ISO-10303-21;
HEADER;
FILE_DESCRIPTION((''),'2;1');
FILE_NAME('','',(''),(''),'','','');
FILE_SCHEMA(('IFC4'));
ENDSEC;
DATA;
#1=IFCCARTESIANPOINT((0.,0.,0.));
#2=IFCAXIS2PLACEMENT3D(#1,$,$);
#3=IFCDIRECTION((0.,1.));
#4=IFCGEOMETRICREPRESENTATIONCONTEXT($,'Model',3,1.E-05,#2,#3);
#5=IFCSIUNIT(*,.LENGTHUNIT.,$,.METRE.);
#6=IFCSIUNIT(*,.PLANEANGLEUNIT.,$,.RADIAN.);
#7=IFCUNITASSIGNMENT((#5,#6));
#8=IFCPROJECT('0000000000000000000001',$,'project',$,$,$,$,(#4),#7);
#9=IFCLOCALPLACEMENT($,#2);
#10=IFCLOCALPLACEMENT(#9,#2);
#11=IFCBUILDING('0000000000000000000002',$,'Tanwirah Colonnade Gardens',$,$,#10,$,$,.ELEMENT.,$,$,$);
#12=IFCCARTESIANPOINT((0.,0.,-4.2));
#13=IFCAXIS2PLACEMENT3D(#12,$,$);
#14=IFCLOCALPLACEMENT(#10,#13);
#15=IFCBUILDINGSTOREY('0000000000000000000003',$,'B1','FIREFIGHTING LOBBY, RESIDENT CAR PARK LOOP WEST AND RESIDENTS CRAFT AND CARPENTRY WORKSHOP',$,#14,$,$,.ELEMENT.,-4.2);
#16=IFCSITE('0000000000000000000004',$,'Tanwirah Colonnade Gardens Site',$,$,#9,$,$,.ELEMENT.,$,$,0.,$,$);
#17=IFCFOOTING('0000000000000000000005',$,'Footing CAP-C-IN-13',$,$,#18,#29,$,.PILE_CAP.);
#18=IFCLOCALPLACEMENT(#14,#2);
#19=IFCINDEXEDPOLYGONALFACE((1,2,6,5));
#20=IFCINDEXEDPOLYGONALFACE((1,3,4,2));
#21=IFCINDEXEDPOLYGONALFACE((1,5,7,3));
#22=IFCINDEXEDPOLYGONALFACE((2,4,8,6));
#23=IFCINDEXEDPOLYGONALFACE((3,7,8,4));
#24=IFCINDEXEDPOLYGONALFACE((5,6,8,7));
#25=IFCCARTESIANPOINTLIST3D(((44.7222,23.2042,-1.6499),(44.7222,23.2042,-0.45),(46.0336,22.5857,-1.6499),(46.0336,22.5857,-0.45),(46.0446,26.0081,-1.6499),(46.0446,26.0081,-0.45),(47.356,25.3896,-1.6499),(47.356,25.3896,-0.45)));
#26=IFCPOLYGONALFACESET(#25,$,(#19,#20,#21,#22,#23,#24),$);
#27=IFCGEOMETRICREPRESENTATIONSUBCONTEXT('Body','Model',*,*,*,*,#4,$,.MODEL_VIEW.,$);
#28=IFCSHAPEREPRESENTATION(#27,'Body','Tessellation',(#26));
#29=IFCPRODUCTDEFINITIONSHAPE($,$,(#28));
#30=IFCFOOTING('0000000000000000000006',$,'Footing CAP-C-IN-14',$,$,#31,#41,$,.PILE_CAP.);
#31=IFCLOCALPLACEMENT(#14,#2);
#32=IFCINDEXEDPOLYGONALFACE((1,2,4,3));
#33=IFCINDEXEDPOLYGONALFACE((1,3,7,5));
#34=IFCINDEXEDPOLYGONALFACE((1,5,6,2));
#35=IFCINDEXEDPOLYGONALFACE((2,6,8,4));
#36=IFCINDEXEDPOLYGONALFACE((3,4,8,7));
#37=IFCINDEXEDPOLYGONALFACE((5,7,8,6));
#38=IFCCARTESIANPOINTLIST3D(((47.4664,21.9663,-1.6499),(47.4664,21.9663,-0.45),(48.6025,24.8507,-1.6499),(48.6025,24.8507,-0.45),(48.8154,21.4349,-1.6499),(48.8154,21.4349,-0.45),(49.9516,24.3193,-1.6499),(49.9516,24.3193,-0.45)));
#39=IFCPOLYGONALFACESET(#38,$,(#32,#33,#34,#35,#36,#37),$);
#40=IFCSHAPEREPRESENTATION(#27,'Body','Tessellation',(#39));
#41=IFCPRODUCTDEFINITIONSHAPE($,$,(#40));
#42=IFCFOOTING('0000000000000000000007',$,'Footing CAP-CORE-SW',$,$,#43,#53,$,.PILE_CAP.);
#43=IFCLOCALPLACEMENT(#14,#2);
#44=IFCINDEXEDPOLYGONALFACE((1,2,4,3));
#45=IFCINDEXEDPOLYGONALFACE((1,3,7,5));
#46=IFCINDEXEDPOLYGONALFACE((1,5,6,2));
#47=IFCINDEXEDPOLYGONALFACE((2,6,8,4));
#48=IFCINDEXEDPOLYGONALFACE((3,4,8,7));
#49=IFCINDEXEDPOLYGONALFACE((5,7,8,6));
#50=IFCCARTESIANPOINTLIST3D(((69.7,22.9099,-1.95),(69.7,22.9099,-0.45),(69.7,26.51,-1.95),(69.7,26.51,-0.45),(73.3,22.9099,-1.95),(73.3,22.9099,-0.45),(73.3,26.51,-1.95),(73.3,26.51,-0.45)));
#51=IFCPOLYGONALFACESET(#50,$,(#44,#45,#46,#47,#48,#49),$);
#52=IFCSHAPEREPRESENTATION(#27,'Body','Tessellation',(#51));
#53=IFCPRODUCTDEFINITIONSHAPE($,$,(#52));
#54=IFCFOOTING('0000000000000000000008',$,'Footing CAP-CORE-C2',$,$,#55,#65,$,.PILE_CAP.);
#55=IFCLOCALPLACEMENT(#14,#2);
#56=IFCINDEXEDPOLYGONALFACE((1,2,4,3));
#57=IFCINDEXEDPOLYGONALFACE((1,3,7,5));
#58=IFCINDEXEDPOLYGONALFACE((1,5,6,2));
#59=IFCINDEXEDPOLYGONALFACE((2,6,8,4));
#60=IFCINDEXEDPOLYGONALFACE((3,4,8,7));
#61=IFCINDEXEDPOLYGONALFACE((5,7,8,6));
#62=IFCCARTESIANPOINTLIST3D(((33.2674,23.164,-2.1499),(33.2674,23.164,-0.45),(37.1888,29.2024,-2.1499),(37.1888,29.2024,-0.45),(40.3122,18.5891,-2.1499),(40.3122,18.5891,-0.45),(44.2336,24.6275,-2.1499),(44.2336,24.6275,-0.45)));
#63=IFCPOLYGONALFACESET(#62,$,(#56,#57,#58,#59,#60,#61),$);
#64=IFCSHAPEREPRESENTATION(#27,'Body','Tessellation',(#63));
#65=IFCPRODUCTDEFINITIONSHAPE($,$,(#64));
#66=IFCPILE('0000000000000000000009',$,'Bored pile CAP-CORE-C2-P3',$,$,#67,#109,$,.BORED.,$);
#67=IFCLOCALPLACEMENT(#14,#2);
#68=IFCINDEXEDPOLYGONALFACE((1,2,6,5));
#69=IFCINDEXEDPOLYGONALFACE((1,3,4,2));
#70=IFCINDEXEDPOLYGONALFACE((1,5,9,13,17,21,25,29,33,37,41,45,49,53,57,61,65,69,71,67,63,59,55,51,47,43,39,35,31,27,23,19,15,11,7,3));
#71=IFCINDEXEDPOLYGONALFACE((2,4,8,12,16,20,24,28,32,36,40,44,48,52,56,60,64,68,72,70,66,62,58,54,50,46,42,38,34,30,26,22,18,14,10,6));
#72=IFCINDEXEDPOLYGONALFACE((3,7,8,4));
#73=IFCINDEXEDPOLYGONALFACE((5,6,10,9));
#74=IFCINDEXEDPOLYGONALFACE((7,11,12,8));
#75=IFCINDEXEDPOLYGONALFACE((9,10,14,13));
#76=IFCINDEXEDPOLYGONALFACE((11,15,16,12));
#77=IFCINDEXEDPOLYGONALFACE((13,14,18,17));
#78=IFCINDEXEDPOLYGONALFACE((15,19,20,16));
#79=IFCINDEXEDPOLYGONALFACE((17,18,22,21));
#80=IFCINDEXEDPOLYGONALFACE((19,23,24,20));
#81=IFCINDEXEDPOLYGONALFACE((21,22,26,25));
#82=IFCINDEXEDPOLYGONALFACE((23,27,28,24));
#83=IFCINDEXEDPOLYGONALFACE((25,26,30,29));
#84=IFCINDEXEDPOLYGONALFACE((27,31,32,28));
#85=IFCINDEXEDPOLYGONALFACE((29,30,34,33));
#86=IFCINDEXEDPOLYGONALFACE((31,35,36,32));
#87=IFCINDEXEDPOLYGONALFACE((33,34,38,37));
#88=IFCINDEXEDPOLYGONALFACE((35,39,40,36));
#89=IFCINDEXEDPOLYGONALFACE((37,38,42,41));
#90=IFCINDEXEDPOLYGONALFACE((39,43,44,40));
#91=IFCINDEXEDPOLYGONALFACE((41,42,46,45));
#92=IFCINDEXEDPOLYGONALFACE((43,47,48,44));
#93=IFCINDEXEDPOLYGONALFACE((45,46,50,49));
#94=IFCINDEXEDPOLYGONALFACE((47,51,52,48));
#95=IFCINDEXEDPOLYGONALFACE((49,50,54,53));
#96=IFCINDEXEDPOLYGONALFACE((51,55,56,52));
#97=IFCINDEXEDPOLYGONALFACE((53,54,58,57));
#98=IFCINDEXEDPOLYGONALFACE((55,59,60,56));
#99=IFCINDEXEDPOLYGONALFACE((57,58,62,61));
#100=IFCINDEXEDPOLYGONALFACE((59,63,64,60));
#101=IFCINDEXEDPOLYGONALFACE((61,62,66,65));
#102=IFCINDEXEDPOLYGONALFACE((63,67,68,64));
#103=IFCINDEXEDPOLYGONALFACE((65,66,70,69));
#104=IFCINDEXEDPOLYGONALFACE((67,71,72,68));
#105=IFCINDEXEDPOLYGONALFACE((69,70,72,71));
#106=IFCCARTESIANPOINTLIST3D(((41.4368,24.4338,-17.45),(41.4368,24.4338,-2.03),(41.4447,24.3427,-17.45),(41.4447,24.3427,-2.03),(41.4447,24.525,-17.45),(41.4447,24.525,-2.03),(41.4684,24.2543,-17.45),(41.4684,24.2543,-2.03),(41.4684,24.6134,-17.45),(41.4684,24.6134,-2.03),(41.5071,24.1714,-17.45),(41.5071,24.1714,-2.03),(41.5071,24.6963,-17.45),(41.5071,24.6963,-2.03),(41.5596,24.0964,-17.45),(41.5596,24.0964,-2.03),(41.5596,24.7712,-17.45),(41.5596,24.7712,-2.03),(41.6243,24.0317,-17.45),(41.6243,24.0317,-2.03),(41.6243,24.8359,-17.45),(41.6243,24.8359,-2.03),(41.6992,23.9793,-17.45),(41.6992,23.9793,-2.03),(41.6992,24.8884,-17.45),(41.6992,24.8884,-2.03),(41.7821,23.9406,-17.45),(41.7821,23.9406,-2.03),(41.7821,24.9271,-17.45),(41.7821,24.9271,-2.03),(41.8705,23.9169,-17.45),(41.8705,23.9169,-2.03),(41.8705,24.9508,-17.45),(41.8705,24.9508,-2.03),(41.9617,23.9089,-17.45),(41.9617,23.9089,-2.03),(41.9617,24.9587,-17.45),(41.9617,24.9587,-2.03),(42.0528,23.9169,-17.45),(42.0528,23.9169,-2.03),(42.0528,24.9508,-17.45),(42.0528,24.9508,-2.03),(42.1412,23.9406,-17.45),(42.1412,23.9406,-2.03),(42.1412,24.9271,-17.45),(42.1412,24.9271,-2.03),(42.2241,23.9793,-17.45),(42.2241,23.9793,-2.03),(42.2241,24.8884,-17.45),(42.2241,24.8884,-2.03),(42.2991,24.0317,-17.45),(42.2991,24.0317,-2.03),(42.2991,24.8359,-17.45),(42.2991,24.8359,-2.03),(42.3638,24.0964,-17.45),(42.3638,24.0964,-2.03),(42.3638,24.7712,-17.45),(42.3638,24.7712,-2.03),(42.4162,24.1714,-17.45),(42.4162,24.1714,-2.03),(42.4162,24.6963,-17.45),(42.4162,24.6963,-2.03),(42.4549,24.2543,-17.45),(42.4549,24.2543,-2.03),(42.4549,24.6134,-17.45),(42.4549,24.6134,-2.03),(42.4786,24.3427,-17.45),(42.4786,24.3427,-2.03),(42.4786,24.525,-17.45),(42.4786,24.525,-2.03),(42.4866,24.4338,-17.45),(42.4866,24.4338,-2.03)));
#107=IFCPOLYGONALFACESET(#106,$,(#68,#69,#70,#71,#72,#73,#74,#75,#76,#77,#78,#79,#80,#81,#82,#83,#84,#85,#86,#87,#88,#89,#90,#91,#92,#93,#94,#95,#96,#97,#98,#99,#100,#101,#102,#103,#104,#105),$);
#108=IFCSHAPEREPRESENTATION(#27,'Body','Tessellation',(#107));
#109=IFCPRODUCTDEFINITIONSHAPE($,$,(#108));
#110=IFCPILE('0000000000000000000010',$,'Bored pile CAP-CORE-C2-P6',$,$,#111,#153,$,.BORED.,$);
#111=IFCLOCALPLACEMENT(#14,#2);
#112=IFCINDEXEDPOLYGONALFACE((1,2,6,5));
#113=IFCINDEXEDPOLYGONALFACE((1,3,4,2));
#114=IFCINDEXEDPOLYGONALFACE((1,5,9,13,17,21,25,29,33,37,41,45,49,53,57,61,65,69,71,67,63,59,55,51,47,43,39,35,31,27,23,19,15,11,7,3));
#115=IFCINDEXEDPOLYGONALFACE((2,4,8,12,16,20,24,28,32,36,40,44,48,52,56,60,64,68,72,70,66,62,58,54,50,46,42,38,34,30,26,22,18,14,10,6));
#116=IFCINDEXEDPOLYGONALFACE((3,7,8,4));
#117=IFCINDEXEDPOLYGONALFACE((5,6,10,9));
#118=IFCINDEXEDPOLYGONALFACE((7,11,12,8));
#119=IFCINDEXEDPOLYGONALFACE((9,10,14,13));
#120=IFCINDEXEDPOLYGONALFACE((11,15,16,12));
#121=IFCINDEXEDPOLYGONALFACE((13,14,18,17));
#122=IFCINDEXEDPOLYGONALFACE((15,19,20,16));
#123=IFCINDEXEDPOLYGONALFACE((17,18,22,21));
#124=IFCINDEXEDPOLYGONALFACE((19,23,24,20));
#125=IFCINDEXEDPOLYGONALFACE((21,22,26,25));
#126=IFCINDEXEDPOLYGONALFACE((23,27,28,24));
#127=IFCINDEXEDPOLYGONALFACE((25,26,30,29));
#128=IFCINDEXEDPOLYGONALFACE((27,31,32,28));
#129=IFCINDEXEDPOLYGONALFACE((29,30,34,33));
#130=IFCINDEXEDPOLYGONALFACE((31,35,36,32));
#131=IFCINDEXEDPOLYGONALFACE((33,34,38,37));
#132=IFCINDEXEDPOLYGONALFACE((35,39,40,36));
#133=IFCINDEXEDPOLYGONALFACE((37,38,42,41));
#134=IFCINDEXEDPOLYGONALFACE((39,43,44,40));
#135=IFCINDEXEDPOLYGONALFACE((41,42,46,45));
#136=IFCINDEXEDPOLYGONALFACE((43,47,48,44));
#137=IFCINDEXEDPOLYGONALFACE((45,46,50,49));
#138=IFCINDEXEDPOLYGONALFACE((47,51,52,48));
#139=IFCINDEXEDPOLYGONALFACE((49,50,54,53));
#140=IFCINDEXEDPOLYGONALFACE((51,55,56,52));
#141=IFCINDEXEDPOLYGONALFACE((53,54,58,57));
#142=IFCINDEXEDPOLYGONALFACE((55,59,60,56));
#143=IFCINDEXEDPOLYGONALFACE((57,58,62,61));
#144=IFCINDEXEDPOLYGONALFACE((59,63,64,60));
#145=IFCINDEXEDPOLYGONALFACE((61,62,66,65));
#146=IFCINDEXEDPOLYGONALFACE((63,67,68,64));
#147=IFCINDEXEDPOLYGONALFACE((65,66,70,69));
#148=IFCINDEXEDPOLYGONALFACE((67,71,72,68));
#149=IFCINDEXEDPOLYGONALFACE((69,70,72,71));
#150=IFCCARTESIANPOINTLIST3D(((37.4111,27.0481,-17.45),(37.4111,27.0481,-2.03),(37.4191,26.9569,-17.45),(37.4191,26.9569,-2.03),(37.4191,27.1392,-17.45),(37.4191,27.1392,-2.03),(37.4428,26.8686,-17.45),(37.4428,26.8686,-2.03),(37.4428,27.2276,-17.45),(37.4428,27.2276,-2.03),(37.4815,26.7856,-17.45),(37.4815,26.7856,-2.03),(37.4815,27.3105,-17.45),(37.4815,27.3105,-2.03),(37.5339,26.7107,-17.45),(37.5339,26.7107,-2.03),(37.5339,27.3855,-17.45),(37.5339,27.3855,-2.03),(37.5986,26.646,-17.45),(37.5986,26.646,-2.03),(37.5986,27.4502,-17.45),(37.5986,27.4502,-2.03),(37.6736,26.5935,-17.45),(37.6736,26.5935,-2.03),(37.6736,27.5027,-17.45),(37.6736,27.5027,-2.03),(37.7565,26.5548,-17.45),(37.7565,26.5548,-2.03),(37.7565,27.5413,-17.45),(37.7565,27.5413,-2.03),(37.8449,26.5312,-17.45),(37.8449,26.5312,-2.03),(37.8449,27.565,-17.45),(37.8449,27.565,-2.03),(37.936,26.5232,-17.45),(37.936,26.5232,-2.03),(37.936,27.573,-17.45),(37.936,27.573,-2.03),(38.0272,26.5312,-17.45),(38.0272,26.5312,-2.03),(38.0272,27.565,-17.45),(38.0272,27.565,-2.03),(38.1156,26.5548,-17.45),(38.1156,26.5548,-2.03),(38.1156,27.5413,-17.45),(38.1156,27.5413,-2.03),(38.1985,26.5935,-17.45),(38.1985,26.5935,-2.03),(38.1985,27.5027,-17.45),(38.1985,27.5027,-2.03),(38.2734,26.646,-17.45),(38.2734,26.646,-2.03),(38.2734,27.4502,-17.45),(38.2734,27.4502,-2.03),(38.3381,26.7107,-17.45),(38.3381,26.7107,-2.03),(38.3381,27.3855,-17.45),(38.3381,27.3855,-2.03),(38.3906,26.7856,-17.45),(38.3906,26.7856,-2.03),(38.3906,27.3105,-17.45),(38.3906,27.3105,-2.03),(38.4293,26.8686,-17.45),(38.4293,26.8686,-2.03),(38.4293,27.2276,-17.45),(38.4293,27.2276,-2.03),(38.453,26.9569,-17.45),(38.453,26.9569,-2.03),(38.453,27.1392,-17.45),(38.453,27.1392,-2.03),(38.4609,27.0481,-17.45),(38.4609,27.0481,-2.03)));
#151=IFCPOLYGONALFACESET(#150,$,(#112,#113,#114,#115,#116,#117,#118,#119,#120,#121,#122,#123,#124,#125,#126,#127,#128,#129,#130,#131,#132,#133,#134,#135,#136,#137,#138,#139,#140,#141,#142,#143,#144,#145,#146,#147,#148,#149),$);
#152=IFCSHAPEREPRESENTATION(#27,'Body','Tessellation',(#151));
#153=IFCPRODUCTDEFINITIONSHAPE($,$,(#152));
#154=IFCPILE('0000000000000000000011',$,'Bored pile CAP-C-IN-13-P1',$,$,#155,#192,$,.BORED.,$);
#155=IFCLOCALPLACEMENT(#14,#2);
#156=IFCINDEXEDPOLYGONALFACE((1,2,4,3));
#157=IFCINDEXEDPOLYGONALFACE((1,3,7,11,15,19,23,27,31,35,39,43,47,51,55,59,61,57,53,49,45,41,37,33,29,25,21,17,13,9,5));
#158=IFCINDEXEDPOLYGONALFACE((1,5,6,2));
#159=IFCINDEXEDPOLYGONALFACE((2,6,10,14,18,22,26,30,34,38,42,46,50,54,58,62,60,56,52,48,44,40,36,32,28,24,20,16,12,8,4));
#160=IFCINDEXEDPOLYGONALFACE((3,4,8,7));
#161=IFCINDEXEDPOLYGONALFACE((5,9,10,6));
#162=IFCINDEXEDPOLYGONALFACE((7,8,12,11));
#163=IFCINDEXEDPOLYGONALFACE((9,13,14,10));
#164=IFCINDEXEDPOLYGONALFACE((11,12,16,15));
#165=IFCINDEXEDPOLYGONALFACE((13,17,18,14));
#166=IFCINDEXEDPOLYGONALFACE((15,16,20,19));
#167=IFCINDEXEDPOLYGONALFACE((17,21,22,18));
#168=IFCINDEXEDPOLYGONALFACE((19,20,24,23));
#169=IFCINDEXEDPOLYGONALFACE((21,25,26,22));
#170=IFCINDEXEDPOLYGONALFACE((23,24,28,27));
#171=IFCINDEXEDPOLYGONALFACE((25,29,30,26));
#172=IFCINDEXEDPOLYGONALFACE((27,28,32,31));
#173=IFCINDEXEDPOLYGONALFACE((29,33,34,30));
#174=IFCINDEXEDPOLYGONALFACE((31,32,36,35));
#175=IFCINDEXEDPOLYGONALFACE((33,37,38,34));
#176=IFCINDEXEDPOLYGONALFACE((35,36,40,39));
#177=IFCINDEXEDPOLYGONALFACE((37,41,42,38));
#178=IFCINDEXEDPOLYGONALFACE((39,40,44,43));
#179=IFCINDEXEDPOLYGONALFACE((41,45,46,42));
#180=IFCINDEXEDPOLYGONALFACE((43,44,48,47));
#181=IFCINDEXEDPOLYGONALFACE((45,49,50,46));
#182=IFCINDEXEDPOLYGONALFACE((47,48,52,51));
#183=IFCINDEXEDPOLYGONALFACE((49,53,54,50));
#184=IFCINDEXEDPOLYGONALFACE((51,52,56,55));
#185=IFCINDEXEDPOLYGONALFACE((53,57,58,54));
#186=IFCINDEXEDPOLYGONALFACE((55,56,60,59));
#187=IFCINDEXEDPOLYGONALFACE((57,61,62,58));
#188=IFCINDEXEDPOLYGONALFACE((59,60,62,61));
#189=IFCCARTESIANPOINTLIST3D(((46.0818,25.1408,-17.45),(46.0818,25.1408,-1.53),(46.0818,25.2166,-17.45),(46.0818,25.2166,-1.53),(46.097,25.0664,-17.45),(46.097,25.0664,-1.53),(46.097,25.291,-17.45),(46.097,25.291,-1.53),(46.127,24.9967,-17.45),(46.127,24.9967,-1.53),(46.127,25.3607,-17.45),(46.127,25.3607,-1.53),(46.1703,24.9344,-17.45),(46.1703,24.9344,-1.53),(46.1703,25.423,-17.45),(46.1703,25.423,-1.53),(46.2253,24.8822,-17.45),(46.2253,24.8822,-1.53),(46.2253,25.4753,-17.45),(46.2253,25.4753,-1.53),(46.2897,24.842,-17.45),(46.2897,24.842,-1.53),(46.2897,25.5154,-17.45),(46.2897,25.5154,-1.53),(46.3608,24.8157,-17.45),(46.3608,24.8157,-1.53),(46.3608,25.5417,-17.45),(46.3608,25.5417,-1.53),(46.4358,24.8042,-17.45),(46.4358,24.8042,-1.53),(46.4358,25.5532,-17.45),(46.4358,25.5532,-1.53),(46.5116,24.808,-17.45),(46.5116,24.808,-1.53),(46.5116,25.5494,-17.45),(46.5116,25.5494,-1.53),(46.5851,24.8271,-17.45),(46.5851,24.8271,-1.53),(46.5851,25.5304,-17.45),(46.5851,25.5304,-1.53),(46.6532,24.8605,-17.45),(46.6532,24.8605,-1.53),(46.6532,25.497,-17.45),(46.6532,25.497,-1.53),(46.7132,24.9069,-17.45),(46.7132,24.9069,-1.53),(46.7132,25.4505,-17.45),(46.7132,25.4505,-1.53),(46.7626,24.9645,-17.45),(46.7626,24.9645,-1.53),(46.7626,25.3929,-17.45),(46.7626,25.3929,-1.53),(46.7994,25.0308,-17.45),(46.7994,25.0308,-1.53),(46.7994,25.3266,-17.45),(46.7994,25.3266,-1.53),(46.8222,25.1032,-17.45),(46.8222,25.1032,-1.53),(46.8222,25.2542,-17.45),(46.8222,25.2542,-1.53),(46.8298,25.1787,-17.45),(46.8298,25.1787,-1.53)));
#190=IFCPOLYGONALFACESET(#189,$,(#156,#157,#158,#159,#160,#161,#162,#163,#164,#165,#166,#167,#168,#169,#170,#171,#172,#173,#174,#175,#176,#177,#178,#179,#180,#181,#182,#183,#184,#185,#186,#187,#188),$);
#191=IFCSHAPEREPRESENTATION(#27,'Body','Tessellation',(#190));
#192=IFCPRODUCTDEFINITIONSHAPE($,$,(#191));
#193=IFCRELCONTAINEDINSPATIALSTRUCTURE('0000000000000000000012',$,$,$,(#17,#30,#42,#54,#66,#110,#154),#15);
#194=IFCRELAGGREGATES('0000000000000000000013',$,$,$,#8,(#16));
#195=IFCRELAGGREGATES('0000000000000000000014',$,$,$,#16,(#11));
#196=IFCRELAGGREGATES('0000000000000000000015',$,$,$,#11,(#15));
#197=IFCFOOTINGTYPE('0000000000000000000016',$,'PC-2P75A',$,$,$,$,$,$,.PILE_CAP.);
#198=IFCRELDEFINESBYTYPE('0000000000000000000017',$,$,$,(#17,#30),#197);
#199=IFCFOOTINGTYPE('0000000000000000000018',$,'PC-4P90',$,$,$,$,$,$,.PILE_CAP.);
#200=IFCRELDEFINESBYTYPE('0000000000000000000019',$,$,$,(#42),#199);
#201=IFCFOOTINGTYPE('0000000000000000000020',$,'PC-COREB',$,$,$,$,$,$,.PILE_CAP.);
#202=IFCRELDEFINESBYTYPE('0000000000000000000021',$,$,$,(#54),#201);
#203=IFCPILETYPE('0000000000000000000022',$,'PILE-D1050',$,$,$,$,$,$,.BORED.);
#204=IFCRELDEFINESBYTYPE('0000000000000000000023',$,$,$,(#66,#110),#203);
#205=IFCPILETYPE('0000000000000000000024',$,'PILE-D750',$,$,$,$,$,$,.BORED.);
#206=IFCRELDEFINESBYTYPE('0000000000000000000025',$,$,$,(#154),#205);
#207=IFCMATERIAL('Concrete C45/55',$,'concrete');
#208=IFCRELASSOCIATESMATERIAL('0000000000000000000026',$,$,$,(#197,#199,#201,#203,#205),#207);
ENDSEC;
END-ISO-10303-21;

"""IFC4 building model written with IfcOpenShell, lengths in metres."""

from ifc_helpers import new_model, si_unit, direction, frame, origin, origin_2d, place, context, subcontext, project, spatial, rectangle, circle, extrude, material, material_profile, profile_set, type_object, element, save


model = new_model("IFC4")

# Units and contexts
model_context = context("Model", 3, precision=1e-05, world=origin(), true_north=direction((0.0, 1.0)))
body_context = subcontext(model_context, "Body", "Model", "MODEL_VIEW")
ifc_project = project(units=[si_unit("LENGTHUNIT", "METRE"), si_unit("PLANEANGLEUNIT", "RADIAN")], contexts=[model_context])

# Site, building, storey
site_placement = place(None, origin())
site = spatial("IfcSite", under=ifc_project, at=site_placement, Name="Tanwirah Colonnade Gardens Site", CompositionType="ELEMENT", RefElevation=0.0)
building_placement = place(site_placement, origin())
building = spatial("IfcBuilding", under=site, at=building_placement, Name="Tanwirah Colonnade Gardens", CompositionType="ELEMENT")
storey_placement = place(building_placement, frame((0.0, 0.0, -4.2)))
storey = spatial("IfcBuildingStorey", under=building, at=storey_placement, Name="B1", Description="FIREFIGHTING LOBBY, RESIDENT CAR PARK LOOP WEST AND RESIDENTS CRAFT AND CARPENTRY WORKSHOP", CompositionType="ELEMENT", Elevation=-4.2)

# Footings
ifc_material_1 = material(Name="Concrete C45/55", Category="concrete")
footing_type_1 = type_object("IfcFootingType", Name="PC-2P75A", PredefinedType="PILE_CAP", material=ifc_material_1)
for number, where, z_axis, x_axis, name in (
    (1, (46.0391, 24.2969, -1.6499), (0.0, 0.0, 1.0), (-0.426569, -0.904455, 0.0), "Footing CAP-C-IN-13"),
    (2, (48.709, 23.1428, -1.6499), (0.0, 0.0, 1.0), (-0.366501, -0.930418, 0.0), "Footing CAP-C-IN-14"),
):
    element("IfcFooting", number, at=place(storey_placement, frame(where, z_axis=z_axis, x_axis=x_axis)), inside=storey, type_object=footing_type_1, Name=name, PredefinedType="PILE_CAP", context=body_context, shape_type="SweptSolid", body=[
        extrude(rectangle(XDim=3.1001, YDim=1.45, at=origin_2d()), origin(), (0.0, 0.0, 1.0), 1.2),
    ])
footing_type_2 = type_object("IfcFootingType", Name="PC-4P90", PredefinedType="PILE_CAP", material=ifc_material_1)
footing_1_placement = place(storey_placement, frame((71.5, 24.71, -1.95), z_axis=(0.0, 0.0, 1.0), x_axis=(1.0, 0.0, 0.0)))
element("IfcFooting", 3, at=footing_1_placement, inside=storey, type_object=footing_type_2, Name="Footing CAP-CORE-SW", PredefinedType="PILE_CAP", context=body_context, shape_type="SweptSolid", body=[
    extrude(rectangle(XDim=3.6001, YDim=3.6001, at=origin_2d()), origin(), (0.0, 0.0, 1.0), 1.5),
])
footing_type_3 = type_object("IfcFootingType", Name="PC-COREB", PredefinedType="PILE_CAP", material=ifc_material_1)
footing_2_placement = place(storey_placement, frame((38.7505, 23.8958, -2.1499), z_axis=(0.0, 0.0, 1.0), x_axis=(0.544639, 0.838671, 0.0)))
element("IfcFooting", 4, at=footing_2_placement, inside=storey, type_object=footing_type_3, Name="Footing CAP-CORE-C2", PredefinedType="PILE_CAP", context=body_context, shape_type="SweptSolid", body=[
    extrude(rectangle(XDim=7.2, YDim=8.3999, at=origin_2d()), origin(), (0.0, 0.0, 1.0), 1.7),
])

# Piles
ifc_material_profile_1 = material_profile(ifc_material_1, circle(Radius=0.5249, at=origin_2d()), Name="PILE D1050")
ifc_profile_set_1 = profile_set([ifc_material_profile_1], Name="Concrete C45/55")
pile_type_1 = type_object("IfcPileType", Name="PILE-D1050", PredefinedType="BORED", material=ifc_profile_set_1)
for number, where, z_axis, x_axis, name in (
    (5, (41.9617, 24.4338, -2.03), (0.0, 0.0, -1.0), (1.0, 0.0, 0.0), "Bored pile CAP-CORE-C2-P3"),
    (6, (37.936, 27.0481, -2.03), (0.0, 0.0, -1.0), (1.0, 0.0, 0.0), "Bored pile CAP-CORE-C2-P6"),
):
    element("IfcPile", number, at=place(storey_placement, frame(where, z_axis=z_axis, x_axis=x_axis)), inside=storey, type_object=pile_type_1, Name=name, PredefinedType="BORED", context=body_context, shape_type="SweptSolid", body=[
        extrude(circle(Radius=0.5249, at=origin_2d()), origin(), (0.0, 0.0, 1.0), 15.4199),
    ])
ifc_material_profile_2 = material_profile(ifc_material_1, circle(Radius=0.375, at=origin_2d()), Name="PILE D750")
ifc_profile_set_2 = profile_set([ifc_material_profile_2], Name="Concrete C45/55")
pile_type_2 = type_object("IfcPileType", Name="PILE-D750", PredefinedType="BORED", material=ifc_profile_set_2)
for number, where, z_axis, x_axis, name in (
    (7, (46.4548, 25.1787, -1.53), (0.0, 0.0, -1.0), (1.0, 0.0, 0.0), "Bored pile CAP-C-IN-13-P1"),
):
    element("IfcPile", number, at=place(storey_placement, frame(where, z_axis=z_axis, x_axis=x_axis)), inside=storey, type_object=pile_type_2, Name=name, PredefinedType="BORED", context=body_context, shape_type="SweptSolid", body=[
        extrude(circle(Radius=0.375, at=origin_2d()), origin(), (0.0, 0.0, 1.0), 15.9199),
    ])

save(model, "model.ifc")
